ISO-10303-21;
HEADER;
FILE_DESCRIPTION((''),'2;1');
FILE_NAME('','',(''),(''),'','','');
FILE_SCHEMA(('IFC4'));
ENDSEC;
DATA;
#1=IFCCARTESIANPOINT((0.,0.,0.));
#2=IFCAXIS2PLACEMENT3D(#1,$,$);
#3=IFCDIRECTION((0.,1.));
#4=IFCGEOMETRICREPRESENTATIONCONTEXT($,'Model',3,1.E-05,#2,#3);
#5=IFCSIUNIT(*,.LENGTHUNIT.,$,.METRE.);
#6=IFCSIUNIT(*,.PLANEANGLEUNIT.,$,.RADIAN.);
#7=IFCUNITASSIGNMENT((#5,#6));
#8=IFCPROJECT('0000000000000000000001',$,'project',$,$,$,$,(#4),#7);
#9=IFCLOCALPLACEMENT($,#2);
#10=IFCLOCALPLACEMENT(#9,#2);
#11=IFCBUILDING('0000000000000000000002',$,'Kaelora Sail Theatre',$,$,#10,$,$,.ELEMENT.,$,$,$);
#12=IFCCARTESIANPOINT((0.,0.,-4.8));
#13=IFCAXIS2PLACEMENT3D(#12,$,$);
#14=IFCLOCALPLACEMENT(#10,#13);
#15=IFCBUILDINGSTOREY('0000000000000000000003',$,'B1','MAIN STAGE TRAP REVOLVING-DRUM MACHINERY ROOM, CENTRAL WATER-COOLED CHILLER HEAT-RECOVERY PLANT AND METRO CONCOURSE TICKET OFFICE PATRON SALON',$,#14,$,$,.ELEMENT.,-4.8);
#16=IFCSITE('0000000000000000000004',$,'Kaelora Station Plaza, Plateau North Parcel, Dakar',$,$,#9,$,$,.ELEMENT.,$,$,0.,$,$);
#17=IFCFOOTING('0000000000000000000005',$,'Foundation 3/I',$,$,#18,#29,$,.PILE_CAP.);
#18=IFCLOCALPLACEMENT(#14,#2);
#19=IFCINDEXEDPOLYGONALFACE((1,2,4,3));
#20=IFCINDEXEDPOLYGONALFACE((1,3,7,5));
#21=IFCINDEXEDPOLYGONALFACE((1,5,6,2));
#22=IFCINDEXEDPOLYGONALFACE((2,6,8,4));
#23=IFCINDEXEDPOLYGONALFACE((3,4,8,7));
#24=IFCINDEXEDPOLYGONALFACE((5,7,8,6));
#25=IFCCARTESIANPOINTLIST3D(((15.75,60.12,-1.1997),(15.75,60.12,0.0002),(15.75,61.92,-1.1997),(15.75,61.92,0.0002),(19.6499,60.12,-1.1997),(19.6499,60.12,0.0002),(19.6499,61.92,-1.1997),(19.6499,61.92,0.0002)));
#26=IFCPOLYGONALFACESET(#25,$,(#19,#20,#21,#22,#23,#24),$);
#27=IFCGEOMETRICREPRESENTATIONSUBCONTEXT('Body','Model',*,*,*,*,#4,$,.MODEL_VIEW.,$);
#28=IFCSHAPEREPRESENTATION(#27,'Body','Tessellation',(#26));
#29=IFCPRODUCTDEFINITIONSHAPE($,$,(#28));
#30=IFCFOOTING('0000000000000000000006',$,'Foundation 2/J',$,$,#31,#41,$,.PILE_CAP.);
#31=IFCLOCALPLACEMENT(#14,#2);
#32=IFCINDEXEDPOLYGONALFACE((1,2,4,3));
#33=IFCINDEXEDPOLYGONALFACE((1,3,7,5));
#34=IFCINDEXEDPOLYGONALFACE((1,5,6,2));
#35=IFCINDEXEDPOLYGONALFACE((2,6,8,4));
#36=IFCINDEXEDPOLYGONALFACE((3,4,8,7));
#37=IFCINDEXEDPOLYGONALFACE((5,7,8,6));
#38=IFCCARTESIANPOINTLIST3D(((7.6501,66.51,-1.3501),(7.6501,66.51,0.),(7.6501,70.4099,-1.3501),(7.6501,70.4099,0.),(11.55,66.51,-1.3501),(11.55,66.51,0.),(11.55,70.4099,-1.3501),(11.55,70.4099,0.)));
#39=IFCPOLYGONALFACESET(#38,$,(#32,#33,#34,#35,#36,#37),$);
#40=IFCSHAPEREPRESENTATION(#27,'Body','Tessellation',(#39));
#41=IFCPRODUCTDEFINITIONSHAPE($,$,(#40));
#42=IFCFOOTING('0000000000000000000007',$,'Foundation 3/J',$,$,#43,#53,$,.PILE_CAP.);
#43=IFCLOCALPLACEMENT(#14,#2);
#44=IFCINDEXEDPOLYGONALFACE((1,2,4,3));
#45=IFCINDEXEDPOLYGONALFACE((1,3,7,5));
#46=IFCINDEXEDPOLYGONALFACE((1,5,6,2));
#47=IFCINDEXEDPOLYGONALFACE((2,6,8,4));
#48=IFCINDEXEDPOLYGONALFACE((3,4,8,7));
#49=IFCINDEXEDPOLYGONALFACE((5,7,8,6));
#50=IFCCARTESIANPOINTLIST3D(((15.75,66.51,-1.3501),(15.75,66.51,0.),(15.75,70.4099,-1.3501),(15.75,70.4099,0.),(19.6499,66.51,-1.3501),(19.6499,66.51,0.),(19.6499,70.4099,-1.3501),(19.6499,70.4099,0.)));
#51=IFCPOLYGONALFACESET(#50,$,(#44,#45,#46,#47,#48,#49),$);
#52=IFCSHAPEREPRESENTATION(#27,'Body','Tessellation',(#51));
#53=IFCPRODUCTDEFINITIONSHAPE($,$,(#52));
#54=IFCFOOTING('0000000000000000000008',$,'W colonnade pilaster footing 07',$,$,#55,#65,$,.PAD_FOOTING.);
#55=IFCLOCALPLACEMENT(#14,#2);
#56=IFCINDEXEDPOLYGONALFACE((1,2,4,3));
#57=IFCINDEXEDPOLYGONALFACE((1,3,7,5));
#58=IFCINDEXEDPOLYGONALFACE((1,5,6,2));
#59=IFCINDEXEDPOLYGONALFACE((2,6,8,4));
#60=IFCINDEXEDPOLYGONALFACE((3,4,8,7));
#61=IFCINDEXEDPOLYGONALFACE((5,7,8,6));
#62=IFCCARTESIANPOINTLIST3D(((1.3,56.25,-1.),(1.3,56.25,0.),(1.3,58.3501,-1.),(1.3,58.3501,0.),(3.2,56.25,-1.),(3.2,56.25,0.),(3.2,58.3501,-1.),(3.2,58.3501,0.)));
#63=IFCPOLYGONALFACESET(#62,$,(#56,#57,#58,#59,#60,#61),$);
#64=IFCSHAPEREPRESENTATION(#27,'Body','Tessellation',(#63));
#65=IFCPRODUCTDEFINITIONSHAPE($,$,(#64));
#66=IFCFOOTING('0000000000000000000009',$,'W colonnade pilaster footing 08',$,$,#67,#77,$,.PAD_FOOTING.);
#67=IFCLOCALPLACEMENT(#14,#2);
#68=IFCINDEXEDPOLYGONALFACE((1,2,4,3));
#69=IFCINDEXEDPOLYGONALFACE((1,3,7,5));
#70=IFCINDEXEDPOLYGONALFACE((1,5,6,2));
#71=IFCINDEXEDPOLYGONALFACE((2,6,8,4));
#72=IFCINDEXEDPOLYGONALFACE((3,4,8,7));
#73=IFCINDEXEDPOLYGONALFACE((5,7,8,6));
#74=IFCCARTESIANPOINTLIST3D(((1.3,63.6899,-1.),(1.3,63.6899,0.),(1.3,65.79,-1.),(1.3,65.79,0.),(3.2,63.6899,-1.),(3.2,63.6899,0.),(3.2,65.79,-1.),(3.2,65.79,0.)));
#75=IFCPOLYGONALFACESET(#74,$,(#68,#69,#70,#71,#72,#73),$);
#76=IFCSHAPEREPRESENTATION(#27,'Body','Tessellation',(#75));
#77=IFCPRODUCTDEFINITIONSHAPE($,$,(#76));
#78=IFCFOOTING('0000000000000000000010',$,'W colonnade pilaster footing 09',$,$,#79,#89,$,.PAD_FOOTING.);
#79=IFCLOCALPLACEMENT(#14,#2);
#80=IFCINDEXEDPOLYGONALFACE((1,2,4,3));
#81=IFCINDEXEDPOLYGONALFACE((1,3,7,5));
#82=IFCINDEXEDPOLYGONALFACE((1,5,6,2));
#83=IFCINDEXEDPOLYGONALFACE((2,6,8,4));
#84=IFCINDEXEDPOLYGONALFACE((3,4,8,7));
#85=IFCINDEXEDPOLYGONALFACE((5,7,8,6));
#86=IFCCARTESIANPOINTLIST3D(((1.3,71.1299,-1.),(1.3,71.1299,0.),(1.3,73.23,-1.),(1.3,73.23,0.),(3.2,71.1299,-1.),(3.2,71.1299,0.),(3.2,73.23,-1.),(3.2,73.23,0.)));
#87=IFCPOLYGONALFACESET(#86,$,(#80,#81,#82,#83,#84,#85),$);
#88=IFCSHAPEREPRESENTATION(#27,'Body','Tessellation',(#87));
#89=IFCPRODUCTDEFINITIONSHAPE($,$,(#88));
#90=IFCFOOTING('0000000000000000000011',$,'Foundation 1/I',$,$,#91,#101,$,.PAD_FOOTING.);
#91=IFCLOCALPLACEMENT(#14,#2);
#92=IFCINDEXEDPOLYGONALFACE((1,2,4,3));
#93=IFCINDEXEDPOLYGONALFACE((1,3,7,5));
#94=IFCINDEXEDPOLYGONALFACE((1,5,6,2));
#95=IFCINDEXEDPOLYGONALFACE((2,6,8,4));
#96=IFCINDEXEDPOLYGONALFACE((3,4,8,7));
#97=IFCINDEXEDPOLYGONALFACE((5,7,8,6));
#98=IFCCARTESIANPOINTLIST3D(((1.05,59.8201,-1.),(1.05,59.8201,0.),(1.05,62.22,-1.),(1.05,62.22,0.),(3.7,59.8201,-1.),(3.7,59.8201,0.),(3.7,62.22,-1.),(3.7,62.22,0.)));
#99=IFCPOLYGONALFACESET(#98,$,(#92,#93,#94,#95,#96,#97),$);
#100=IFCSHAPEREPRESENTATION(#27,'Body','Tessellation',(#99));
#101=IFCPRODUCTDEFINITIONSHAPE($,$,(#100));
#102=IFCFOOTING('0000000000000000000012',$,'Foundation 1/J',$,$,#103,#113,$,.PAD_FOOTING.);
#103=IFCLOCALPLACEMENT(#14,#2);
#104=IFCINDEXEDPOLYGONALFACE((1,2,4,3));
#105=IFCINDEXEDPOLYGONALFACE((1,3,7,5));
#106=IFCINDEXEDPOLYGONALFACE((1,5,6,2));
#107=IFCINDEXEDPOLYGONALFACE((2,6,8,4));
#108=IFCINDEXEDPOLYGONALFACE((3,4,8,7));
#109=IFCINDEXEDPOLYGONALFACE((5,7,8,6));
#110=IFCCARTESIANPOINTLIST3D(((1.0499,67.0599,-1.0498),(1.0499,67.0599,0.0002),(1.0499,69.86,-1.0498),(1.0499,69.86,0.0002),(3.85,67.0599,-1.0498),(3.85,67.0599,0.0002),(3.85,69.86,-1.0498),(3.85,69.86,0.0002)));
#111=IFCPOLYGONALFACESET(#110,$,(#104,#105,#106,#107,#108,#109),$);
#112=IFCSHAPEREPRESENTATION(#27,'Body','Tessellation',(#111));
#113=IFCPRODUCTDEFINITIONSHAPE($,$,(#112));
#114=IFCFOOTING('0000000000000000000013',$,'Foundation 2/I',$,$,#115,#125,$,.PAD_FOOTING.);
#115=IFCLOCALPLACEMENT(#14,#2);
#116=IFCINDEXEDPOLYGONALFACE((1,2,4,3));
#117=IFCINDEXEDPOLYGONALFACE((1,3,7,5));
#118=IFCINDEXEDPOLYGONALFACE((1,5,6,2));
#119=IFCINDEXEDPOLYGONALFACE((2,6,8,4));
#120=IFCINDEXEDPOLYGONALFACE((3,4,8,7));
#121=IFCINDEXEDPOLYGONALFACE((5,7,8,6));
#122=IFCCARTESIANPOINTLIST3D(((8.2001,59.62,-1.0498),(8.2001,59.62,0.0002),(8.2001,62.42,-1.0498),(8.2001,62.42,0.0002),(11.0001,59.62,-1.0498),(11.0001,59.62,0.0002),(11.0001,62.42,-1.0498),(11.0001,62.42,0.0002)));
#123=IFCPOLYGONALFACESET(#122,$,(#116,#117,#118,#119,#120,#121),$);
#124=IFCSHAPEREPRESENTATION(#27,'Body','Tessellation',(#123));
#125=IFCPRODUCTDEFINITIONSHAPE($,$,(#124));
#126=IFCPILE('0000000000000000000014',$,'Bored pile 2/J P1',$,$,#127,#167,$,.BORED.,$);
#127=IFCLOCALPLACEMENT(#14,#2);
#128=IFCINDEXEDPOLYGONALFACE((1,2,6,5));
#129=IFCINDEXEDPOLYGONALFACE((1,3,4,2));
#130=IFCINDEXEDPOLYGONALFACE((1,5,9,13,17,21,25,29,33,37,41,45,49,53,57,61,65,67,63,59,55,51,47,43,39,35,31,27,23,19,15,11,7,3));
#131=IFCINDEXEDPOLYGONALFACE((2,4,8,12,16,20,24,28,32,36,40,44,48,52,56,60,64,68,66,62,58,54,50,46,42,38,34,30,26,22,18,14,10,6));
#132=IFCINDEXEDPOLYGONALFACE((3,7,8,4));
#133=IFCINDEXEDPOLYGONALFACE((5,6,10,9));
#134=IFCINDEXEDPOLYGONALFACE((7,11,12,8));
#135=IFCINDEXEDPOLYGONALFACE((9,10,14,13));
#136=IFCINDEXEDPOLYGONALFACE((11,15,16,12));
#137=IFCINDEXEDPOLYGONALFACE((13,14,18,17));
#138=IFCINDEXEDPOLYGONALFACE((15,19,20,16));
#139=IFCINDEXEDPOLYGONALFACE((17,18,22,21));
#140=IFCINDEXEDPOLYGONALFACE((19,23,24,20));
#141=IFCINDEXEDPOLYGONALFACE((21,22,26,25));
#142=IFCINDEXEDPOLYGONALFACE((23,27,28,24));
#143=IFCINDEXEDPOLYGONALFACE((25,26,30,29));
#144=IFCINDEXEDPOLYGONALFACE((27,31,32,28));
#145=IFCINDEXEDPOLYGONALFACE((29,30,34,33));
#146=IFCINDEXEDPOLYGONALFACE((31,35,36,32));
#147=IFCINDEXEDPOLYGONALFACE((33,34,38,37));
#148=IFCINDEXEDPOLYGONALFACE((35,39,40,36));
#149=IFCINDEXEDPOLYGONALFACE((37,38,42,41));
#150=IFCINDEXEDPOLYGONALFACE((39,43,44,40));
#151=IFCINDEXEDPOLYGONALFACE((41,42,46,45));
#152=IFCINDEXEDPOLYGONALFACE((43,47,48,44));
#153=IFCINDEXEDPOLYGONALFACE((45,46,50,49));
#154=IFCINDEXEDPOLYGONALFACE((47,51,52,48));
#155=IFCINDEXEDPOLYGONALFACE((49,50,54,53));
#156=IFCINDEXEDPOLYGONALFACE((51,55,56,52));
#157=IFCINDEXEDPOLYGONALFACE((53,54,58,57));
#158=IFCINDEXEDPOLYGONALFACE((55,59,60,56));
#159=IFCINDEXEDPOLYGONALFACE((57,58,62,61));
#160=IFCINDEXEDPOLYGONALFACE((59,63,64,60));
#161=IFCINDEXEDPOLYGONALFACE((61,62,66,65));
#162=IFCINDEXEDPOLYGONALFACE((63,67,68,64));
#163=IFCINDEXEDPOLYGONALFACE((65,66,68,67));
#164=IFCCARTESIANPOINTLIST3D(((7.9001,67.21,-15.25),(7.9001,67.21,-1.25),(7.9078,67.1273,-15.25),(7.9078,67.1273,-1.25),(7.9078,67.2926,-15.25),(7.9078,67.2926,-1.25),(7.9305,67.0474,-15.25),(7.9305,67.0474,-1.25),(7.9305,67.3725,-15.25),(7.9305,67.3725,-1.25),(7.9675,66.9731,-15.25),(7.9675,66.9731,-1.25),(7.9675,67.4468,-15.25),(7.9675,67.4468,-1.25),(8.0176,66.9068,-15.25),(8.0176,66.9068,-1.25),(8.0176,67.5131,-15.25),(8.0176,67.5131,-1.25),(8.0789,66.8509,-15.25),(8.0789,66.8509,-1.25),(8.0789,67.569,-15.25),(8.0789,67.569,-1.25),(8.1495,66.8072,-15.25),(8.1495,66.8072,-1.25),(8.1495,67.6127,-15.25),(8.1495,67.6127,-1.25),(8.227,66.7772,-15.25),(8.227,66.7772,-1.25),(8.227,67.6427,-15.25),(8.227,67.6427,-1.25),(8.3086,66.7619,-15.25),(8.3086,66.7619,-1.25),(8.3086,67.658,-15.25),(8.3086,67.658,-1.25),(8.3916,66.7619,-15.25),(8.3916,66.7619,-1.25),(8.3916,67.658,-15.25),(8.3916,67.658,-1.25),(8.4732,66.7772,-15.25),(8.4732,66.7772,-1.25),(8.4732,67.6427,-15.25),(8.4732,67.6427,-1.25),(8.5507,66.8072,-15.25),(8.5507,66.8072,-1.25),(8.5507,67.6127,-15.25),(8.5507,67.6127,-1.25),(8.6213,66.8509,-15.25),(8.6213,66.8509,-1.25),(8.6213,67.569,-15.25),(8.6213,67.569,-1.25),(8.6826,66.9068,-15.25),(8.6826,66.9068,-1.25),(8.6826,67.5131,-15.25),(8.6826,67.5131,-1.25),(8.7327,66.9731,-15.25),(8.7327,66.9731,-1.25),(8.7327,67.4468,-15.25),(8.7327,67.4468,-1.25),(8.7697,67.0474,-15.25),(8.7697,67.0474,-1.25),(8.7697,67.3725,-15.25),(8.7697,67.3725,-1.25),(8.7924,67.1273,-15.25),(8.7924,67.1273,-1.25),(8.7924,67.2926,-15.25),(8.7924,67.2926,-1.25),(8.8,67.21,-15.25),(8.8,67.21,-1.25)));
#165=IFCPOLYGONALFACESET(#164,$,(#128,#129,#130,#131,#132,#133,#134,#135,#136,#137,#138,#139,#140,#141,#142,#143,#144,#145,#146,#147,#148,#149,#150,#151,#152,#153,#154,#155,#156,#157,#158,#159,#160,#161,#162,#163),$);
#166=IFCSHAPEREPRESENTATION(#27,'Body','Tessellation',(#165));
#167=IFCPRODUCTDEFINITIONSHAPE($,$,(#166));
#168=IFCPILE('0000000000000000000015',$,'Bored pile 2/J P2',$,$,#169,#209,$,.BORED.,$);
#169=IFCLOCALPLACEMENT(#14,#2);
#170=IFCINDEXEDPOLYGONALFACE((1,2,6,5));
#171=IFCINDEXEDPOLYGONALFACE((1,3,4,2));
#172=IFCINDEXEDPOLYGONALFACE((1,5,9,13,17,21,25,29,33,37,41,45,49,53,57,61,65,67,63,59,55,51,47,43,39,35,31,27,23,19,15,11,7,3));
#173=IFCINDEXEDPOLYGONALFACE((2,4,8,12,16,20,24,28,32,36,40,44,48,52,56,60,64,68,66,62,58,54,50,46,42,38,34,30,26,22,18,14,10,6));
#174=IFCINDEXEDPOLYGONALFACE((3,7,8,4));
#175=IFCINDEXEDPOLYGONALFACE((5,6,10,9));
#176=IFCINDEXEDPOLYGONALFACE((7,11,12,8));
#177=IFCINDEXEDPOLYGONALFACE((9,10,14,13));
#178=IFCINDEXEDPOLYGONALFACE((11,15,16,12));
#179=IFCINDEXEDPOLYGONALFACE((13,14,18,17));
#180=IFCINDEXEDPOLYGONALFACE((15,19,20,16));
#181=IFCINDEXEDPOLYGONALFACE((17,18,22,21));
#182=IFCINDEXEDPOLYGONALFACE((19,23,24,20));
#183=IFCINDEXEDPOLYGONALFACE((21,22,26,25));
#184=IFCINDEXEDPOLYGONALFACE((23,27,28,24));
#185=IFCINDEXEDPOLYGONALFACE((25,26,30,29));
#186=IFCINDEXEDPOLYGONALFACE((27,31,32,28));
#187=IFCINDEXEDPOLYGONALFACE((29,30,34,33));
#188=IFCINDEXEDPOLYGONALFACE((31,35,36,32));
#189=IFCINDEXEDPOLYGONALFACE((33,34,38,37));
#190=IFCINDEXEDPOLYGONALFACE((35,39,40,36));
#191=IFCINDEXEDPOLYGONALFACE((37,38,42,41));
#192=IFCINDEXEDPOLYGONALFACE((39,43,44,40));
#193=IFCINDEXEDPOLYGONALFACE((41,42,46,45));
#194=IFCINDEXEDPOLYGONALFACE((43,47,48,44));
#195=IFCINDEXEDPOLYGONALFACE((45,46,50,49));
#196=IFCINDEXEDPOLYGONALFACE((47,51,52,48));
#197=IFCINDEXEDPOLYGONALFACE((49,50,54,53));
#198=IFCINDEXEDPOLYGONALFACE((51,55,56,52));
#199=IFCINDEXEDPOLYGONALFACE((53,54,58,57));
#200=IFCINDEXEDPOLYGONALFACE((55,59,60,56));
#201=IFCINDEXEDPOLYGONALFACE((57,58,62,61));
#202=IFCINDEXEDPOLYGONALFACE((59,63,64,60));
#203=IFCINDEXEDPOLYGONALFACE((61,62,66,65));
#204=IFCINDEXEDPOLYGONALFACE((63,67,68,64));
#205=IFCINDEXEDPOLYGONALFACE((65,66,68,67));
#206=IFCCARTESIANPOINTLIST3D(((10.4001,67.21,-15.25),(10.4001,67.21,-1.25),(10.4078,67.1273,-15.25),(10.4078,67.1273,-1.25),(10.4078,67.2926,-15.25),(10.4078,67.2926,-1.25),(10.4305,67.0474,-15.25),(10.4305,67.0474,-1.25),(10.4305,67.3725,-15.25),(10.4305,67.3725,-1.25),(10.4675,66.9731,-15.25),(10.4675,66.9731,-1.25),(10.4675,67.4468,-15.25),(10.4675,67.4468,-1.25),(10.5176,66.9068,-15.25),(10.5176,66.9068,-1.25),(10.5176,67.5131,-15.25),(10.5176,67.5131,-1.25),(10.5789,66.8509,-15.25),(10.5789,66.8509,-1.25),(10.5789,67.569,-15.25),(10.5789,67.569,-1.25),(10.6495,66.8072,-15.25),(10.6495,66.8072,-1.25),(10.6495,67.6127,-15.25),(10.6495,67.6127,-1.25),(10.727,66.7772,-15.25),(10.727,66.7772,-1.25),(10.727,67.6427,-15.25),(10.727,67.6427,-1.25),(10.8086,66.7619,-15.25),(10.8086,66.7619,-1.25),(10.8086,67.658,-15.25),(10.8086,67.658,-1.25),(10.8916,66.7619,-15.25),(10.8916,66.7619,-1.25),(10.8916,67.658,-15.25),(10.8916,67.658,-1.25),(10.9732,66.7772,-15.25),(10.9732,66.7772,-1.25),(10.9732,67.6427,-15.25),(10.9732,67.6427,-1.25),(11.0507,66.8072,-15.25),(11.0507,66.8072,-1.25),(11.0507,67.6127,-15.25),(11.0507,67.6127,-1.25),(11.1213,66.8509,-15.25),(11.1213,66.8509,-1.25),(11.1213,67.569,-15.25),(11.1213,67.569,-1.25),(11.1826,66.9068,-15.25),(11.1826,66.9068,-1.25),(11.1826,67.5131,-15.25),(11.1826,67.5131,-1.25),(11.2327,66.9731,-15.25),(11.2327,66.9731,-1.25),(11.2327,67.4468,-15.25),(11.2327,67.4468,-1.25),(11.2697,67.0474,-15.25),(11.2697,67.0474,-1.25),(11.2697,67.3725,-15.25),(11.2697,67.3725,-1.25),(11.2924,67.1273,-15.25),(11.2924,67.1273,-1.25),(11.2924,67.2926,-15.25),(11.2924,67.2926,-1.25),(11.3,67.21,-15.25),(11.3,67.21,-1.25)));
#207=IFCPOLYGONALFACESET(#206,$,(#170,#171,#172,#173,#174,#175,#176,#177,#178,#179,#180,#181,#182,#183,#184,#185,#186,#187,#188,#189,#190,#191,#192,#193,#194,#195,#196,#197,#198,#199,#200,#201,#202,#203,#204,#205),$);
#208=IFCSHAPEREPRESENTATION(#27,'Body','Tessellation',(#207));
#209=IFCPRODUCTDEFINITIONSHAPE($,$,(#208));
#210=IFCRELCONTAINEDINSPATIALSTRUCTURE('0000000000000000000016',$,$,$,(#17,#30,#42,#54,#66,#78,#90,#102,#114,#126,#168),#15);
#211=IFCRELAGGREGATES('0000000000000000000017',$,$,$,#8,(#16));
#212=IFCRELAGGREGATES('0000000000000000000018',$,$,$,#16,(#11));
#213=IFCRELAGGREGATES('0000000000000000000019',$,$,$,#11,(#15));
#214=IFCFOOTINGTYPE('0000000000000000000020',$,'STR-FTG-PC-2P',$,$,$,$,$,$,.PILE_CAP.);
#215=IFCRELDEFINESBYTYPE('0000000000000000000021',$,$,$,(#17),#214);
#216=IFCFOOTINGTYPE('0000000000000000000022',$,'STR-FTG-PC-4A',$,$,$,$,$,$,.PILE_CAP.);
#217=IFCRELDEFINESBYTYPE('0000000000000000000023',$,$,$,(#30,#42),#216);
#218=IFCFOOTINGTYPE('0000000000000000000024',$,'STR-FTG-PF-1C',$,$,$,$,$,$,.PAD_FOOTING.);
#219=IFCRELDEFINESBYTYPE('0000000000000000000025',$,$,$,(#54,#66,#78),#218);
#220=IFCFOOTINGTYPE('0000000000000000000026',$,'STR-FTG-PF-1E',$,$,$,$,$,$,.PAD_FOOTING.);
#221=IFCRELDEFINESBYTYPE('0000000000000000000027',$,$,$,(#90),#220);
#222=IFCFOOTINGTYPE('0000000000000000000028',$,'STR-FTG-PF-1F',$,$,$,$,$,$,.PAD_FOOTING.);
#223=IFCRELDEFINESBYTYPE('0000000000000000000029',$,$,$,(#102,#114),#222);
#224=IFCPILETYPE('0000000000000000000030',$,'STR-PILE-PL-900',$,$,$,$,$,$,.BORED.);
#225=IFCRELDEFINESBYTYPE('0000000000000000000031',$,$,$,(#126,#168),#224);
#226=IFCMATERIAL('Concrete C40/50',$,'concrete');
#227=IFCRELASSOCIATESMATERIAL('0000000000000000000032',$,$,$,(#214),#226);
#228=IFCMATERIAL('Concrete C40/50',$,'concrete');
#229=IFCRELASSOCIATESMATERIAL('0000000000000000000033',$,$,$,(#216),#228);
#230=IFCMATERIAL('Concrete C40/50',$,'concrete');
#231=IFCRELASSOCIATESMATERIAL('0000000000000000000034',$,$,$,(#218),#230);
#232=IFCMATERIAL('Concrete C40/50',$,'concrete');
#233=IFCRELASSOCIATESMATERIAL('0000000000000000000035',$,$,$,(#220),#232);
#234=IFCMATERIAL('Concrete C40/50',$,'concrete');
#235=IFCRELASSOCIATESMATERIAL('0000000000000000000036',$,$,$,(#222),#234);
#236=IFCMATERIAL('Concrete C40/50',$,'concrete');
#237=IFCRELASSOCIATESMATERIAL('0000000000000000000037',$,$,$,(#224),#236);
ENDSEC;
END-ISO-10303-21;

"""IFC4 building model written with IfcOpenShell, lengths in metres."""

from ifc_helpers import new_model, si_unit, direction, frame, origin, origin_2d, place, context, subcontext, project, spatial, rectangle, circle, extrude, material, material_profile, profile_set, type_object, element, save


model = new_model("IFC4")

# Units and contexts
model_context = context("Model", 3, precision=1e-05, world=origin(), true_north=direction((0.0, 1.0)))
body_context = subcontext(model_context, "Body", "Model", "MODEL_VIEW")
ifc_project = project(units=[si_unit("LENGTHUNIT", "METRE"), si_unit("PLANEANGLEUNIT", "RADIAN")], contexts=[model_context])

# Site, building, storey
site_placement = place(None, origin())
site = spatial("IfcSite", under=ifc_project, at=site_placement, Name="Kaelora Station Plaza, Plateau North Parcel, Dakar", CompositionType="ELEMENT", RefElevation=0.0)
building_placement = place(site_placement, origin())
building = spatial("IfcBuilding", under=site, at=building_placement, Name="Kaelora Sail Theatre", CompositionType="ELEMENT")
storey_placement = place(building_placement, frame((0.0, 0.0, -4.8)))
storey = spatial("IfcBuildingStorey", under=building, at=storey_placement, Name="B1", Description="MAIN STAGE TRAP REVOLVING-DRUM MACHINERY ROOM, CENTRAL WATER-COOLED CHILLER HEAT-RECOVERY PLANT AND METRO CONCOURSE TICKET OFFICE PATRON SALON", CompositionType="ELEMENT", Elevation=-4.8)

# Footings
ifc_material_1 = material(Name="Concrete C40/50", Category="concrete")
footing_type_1 = type_object("IfcFootingType", Name="STR-FTG-PC-2P", PredefinedType="PILE_CAP", material=ifc_material_1)
footing_1_placement = place(storey_placement, frame((17.7, 61.02, -1.1997), z_axis=(0.0, 0.0, 1.0), x_axis=(1.0, 0.0, 0.0)))
element("IfcFooting", 1, at=footing_1_placement, inside=storey, type_object=footing_type_1, Name="Foundation 3/I", PredefinedType="PILE_CAP", context=body_context, shape_type="SweptSolid", body=[
    extrude(rectangle(XDim=3.8999, YDim=1.8, at=origin_2d()), origin(), (0.0, 0.0, 1.0), 1.2),
])
ifc_material_2 = material(Name="Concrete C40/50", Category="concrete")
footing_type_2 = type_object("IfcFootingType", Name="STR-FTG-PC-4A", PredefinedType="PILE_CAP", material=ifc_material_2)
for number, where, z_axis, x_axis, name in (
    (2, (9.6001, 68.46, -1.3501), (0.0, 0.0, 1.0), (1.0, 0.0, 0.0), "Foundation 2/J"),
    (3, (17.7, 68.46, -1.3501), (0.0, 0.0, 1.0), (1.0, 0.0, 0.0), "Foundation 3/J"),
):
    element("IfcFooting", number, at=place(storey_placement, frame(where, z_axis=z_axis, x_axis=x_axis)), inside=storey, type_object=footing_type_2, Name=name, PredefinedType="PILE_CAP", context=body_context, shape_type="SweptSolid", body=[
        extrude(rectangle(XDim=3.8999, YDim=3.8999, at=origin_2d()), origin(), (0.0, 0.0, 1.0), 1.3501),
    ])
ifc_material_3 = material(Name="Concrete C40/50", Category="concrete")
footing_type_3 = type_object("IfcFootingType", Name="STR-FTG-PF-1C", PredefinedType="PAD_FOOTING", material=ifc_material_3)
for number, where, z_axis, x_axis, name in (
    (4, (2.25, 57.3, -1.0), (0.0, 0.0, 1.0), (1.0, 0.0, 0.0), "W colonnade pilaster footing 07"),
    (5, (2.25, 64.74, -1.0), (0.0, 0.0, 1.0), (1.0, 0.0, 0.0), "W colonnade pilaster footing 08"),
    (6, (2.25, 72.1799, -1.0), (0.0, 0.0, 1.0), (1.0, 0.0, 0.0), "W colonnade pilaster footing 09"),
):
    element("IfcFooting", number, at=place(storey_placement, frame(where, z_axis=z_axis, x_axis=x_axis)), inside=storey, type_object=footing_type_3, Name=name, PredefinedType="PAD_FOOTING", context=body_context, shape_type="SweptSolid", body=[
        extrude(rectangle(XDim=1.8999, YDim=2.1001, at=origin_2d()), origin(), (0.0, 0.0, 1.0), 1.0),
    ])
ifc_material_4 = material(Name="Concrete C40/50", Category="concrete")
footing_type_4 = type_object("IfcFootingType", Name="STR-FTG-PF-1E", PredefinedType="PAD_FOOTING", material=ifc_material_4)
footing_2_placement = place(storey_placement, frame((2.375, 61.02, -1.0), z_axis=(0.0, 0.0, 1.0), x_axis=(1.0, 0.0, 0.0)))
element("IfcFooting", 7, at=footing_2_placement, inside=storey, type_object=footing_type_4, Name="Foundation 1/I", PredefinedType="PAD_FOOTING", context=body_context, shape_type="SweptSolid", body=[
    extrude(rectangle(XDim=2.6499, YDim=2.3999, at=origin_2d()), origin(), (0.0, 0.0, 1.0), 1.0),
])
ifc_material_5 = material(Name="Concrete C40/50", Category="concrete")
footing_type_5 = type_object("IfcFootingType", Name="STR-FTG-PF-1F", PredefinedType="PAD_FOOTING", material=ifc_material_5)
for number, where, z_axis, x_axis, name in (
    (8, (2.45, 68.46, -1.0498), (0.0, 0.0, 1.0), (1.0, 0.0, 0.0), "Foundation 1/J"),
    (9, (9.6001, 61.02, -1.0498), (0.0, 0.0, 1.0), (1.0, 0.0, 0.0), "Foundation 2/I"),
):
    element("IfcFooting", number, at=place(storey_placement, frame(where, z_axis=z_axis, x_axis=x_axis)), inside=storey, type_object=footing_type_5, Name=name, PredefinedType="PAD_FOOTING", context=body_context, shape_type="SweptSolid", body=[
        extrude(rectangle(XDim=2.8, YDim=2.8, at=origin_2d()), origin(), (0.0, 0.0, 1.0), 1.05),
    ])

# Piles
ifc_material_6 = material(Name="Concrete C40/50", Category="concrete")
ifc_material_profile_1 = material_profile(ifc_material_6, circle(Radius=0.45, at=origin_2d()), Name="PILE D900")
ifc_profile_set_1 = profile_set([ifc_material_profile_1], Name="Concrete C40/50")
pile_type = type_object("IfcPileType", Name="STR-PILE-PL-900", PredefinedType="BORED", material=ifc_profile_set_1)
for number, where, z_axis, x_axis, name in (
    (10, (8.3501, 67.21, -1.25), (0.0, 0.0, -1.0), (1.0, 0.0, 0.0), "Bored pile 2/J P1"),
    (11, (10.8501, 67.21, -1.25), (0.0, 0.0, -1.0), (1.0, 0.0, 0.0), "Bored pile 2/J P2"),
):
    element("IfcPile", number, at=place(storey_placement, frame(where, z_axis=z_axis, x_axis=x_axis)), inside=storey, type_object=pile_type, Name=name, PredefinedType="BORED", context=body_context, shape_type="SweptSolid", body=[
        extrude(circle(Radius=0.45, at=origin_2d()), origin(), (0.0, 0.0, 1.0), 14.0),
    ])

save(model, "model.ifc")
